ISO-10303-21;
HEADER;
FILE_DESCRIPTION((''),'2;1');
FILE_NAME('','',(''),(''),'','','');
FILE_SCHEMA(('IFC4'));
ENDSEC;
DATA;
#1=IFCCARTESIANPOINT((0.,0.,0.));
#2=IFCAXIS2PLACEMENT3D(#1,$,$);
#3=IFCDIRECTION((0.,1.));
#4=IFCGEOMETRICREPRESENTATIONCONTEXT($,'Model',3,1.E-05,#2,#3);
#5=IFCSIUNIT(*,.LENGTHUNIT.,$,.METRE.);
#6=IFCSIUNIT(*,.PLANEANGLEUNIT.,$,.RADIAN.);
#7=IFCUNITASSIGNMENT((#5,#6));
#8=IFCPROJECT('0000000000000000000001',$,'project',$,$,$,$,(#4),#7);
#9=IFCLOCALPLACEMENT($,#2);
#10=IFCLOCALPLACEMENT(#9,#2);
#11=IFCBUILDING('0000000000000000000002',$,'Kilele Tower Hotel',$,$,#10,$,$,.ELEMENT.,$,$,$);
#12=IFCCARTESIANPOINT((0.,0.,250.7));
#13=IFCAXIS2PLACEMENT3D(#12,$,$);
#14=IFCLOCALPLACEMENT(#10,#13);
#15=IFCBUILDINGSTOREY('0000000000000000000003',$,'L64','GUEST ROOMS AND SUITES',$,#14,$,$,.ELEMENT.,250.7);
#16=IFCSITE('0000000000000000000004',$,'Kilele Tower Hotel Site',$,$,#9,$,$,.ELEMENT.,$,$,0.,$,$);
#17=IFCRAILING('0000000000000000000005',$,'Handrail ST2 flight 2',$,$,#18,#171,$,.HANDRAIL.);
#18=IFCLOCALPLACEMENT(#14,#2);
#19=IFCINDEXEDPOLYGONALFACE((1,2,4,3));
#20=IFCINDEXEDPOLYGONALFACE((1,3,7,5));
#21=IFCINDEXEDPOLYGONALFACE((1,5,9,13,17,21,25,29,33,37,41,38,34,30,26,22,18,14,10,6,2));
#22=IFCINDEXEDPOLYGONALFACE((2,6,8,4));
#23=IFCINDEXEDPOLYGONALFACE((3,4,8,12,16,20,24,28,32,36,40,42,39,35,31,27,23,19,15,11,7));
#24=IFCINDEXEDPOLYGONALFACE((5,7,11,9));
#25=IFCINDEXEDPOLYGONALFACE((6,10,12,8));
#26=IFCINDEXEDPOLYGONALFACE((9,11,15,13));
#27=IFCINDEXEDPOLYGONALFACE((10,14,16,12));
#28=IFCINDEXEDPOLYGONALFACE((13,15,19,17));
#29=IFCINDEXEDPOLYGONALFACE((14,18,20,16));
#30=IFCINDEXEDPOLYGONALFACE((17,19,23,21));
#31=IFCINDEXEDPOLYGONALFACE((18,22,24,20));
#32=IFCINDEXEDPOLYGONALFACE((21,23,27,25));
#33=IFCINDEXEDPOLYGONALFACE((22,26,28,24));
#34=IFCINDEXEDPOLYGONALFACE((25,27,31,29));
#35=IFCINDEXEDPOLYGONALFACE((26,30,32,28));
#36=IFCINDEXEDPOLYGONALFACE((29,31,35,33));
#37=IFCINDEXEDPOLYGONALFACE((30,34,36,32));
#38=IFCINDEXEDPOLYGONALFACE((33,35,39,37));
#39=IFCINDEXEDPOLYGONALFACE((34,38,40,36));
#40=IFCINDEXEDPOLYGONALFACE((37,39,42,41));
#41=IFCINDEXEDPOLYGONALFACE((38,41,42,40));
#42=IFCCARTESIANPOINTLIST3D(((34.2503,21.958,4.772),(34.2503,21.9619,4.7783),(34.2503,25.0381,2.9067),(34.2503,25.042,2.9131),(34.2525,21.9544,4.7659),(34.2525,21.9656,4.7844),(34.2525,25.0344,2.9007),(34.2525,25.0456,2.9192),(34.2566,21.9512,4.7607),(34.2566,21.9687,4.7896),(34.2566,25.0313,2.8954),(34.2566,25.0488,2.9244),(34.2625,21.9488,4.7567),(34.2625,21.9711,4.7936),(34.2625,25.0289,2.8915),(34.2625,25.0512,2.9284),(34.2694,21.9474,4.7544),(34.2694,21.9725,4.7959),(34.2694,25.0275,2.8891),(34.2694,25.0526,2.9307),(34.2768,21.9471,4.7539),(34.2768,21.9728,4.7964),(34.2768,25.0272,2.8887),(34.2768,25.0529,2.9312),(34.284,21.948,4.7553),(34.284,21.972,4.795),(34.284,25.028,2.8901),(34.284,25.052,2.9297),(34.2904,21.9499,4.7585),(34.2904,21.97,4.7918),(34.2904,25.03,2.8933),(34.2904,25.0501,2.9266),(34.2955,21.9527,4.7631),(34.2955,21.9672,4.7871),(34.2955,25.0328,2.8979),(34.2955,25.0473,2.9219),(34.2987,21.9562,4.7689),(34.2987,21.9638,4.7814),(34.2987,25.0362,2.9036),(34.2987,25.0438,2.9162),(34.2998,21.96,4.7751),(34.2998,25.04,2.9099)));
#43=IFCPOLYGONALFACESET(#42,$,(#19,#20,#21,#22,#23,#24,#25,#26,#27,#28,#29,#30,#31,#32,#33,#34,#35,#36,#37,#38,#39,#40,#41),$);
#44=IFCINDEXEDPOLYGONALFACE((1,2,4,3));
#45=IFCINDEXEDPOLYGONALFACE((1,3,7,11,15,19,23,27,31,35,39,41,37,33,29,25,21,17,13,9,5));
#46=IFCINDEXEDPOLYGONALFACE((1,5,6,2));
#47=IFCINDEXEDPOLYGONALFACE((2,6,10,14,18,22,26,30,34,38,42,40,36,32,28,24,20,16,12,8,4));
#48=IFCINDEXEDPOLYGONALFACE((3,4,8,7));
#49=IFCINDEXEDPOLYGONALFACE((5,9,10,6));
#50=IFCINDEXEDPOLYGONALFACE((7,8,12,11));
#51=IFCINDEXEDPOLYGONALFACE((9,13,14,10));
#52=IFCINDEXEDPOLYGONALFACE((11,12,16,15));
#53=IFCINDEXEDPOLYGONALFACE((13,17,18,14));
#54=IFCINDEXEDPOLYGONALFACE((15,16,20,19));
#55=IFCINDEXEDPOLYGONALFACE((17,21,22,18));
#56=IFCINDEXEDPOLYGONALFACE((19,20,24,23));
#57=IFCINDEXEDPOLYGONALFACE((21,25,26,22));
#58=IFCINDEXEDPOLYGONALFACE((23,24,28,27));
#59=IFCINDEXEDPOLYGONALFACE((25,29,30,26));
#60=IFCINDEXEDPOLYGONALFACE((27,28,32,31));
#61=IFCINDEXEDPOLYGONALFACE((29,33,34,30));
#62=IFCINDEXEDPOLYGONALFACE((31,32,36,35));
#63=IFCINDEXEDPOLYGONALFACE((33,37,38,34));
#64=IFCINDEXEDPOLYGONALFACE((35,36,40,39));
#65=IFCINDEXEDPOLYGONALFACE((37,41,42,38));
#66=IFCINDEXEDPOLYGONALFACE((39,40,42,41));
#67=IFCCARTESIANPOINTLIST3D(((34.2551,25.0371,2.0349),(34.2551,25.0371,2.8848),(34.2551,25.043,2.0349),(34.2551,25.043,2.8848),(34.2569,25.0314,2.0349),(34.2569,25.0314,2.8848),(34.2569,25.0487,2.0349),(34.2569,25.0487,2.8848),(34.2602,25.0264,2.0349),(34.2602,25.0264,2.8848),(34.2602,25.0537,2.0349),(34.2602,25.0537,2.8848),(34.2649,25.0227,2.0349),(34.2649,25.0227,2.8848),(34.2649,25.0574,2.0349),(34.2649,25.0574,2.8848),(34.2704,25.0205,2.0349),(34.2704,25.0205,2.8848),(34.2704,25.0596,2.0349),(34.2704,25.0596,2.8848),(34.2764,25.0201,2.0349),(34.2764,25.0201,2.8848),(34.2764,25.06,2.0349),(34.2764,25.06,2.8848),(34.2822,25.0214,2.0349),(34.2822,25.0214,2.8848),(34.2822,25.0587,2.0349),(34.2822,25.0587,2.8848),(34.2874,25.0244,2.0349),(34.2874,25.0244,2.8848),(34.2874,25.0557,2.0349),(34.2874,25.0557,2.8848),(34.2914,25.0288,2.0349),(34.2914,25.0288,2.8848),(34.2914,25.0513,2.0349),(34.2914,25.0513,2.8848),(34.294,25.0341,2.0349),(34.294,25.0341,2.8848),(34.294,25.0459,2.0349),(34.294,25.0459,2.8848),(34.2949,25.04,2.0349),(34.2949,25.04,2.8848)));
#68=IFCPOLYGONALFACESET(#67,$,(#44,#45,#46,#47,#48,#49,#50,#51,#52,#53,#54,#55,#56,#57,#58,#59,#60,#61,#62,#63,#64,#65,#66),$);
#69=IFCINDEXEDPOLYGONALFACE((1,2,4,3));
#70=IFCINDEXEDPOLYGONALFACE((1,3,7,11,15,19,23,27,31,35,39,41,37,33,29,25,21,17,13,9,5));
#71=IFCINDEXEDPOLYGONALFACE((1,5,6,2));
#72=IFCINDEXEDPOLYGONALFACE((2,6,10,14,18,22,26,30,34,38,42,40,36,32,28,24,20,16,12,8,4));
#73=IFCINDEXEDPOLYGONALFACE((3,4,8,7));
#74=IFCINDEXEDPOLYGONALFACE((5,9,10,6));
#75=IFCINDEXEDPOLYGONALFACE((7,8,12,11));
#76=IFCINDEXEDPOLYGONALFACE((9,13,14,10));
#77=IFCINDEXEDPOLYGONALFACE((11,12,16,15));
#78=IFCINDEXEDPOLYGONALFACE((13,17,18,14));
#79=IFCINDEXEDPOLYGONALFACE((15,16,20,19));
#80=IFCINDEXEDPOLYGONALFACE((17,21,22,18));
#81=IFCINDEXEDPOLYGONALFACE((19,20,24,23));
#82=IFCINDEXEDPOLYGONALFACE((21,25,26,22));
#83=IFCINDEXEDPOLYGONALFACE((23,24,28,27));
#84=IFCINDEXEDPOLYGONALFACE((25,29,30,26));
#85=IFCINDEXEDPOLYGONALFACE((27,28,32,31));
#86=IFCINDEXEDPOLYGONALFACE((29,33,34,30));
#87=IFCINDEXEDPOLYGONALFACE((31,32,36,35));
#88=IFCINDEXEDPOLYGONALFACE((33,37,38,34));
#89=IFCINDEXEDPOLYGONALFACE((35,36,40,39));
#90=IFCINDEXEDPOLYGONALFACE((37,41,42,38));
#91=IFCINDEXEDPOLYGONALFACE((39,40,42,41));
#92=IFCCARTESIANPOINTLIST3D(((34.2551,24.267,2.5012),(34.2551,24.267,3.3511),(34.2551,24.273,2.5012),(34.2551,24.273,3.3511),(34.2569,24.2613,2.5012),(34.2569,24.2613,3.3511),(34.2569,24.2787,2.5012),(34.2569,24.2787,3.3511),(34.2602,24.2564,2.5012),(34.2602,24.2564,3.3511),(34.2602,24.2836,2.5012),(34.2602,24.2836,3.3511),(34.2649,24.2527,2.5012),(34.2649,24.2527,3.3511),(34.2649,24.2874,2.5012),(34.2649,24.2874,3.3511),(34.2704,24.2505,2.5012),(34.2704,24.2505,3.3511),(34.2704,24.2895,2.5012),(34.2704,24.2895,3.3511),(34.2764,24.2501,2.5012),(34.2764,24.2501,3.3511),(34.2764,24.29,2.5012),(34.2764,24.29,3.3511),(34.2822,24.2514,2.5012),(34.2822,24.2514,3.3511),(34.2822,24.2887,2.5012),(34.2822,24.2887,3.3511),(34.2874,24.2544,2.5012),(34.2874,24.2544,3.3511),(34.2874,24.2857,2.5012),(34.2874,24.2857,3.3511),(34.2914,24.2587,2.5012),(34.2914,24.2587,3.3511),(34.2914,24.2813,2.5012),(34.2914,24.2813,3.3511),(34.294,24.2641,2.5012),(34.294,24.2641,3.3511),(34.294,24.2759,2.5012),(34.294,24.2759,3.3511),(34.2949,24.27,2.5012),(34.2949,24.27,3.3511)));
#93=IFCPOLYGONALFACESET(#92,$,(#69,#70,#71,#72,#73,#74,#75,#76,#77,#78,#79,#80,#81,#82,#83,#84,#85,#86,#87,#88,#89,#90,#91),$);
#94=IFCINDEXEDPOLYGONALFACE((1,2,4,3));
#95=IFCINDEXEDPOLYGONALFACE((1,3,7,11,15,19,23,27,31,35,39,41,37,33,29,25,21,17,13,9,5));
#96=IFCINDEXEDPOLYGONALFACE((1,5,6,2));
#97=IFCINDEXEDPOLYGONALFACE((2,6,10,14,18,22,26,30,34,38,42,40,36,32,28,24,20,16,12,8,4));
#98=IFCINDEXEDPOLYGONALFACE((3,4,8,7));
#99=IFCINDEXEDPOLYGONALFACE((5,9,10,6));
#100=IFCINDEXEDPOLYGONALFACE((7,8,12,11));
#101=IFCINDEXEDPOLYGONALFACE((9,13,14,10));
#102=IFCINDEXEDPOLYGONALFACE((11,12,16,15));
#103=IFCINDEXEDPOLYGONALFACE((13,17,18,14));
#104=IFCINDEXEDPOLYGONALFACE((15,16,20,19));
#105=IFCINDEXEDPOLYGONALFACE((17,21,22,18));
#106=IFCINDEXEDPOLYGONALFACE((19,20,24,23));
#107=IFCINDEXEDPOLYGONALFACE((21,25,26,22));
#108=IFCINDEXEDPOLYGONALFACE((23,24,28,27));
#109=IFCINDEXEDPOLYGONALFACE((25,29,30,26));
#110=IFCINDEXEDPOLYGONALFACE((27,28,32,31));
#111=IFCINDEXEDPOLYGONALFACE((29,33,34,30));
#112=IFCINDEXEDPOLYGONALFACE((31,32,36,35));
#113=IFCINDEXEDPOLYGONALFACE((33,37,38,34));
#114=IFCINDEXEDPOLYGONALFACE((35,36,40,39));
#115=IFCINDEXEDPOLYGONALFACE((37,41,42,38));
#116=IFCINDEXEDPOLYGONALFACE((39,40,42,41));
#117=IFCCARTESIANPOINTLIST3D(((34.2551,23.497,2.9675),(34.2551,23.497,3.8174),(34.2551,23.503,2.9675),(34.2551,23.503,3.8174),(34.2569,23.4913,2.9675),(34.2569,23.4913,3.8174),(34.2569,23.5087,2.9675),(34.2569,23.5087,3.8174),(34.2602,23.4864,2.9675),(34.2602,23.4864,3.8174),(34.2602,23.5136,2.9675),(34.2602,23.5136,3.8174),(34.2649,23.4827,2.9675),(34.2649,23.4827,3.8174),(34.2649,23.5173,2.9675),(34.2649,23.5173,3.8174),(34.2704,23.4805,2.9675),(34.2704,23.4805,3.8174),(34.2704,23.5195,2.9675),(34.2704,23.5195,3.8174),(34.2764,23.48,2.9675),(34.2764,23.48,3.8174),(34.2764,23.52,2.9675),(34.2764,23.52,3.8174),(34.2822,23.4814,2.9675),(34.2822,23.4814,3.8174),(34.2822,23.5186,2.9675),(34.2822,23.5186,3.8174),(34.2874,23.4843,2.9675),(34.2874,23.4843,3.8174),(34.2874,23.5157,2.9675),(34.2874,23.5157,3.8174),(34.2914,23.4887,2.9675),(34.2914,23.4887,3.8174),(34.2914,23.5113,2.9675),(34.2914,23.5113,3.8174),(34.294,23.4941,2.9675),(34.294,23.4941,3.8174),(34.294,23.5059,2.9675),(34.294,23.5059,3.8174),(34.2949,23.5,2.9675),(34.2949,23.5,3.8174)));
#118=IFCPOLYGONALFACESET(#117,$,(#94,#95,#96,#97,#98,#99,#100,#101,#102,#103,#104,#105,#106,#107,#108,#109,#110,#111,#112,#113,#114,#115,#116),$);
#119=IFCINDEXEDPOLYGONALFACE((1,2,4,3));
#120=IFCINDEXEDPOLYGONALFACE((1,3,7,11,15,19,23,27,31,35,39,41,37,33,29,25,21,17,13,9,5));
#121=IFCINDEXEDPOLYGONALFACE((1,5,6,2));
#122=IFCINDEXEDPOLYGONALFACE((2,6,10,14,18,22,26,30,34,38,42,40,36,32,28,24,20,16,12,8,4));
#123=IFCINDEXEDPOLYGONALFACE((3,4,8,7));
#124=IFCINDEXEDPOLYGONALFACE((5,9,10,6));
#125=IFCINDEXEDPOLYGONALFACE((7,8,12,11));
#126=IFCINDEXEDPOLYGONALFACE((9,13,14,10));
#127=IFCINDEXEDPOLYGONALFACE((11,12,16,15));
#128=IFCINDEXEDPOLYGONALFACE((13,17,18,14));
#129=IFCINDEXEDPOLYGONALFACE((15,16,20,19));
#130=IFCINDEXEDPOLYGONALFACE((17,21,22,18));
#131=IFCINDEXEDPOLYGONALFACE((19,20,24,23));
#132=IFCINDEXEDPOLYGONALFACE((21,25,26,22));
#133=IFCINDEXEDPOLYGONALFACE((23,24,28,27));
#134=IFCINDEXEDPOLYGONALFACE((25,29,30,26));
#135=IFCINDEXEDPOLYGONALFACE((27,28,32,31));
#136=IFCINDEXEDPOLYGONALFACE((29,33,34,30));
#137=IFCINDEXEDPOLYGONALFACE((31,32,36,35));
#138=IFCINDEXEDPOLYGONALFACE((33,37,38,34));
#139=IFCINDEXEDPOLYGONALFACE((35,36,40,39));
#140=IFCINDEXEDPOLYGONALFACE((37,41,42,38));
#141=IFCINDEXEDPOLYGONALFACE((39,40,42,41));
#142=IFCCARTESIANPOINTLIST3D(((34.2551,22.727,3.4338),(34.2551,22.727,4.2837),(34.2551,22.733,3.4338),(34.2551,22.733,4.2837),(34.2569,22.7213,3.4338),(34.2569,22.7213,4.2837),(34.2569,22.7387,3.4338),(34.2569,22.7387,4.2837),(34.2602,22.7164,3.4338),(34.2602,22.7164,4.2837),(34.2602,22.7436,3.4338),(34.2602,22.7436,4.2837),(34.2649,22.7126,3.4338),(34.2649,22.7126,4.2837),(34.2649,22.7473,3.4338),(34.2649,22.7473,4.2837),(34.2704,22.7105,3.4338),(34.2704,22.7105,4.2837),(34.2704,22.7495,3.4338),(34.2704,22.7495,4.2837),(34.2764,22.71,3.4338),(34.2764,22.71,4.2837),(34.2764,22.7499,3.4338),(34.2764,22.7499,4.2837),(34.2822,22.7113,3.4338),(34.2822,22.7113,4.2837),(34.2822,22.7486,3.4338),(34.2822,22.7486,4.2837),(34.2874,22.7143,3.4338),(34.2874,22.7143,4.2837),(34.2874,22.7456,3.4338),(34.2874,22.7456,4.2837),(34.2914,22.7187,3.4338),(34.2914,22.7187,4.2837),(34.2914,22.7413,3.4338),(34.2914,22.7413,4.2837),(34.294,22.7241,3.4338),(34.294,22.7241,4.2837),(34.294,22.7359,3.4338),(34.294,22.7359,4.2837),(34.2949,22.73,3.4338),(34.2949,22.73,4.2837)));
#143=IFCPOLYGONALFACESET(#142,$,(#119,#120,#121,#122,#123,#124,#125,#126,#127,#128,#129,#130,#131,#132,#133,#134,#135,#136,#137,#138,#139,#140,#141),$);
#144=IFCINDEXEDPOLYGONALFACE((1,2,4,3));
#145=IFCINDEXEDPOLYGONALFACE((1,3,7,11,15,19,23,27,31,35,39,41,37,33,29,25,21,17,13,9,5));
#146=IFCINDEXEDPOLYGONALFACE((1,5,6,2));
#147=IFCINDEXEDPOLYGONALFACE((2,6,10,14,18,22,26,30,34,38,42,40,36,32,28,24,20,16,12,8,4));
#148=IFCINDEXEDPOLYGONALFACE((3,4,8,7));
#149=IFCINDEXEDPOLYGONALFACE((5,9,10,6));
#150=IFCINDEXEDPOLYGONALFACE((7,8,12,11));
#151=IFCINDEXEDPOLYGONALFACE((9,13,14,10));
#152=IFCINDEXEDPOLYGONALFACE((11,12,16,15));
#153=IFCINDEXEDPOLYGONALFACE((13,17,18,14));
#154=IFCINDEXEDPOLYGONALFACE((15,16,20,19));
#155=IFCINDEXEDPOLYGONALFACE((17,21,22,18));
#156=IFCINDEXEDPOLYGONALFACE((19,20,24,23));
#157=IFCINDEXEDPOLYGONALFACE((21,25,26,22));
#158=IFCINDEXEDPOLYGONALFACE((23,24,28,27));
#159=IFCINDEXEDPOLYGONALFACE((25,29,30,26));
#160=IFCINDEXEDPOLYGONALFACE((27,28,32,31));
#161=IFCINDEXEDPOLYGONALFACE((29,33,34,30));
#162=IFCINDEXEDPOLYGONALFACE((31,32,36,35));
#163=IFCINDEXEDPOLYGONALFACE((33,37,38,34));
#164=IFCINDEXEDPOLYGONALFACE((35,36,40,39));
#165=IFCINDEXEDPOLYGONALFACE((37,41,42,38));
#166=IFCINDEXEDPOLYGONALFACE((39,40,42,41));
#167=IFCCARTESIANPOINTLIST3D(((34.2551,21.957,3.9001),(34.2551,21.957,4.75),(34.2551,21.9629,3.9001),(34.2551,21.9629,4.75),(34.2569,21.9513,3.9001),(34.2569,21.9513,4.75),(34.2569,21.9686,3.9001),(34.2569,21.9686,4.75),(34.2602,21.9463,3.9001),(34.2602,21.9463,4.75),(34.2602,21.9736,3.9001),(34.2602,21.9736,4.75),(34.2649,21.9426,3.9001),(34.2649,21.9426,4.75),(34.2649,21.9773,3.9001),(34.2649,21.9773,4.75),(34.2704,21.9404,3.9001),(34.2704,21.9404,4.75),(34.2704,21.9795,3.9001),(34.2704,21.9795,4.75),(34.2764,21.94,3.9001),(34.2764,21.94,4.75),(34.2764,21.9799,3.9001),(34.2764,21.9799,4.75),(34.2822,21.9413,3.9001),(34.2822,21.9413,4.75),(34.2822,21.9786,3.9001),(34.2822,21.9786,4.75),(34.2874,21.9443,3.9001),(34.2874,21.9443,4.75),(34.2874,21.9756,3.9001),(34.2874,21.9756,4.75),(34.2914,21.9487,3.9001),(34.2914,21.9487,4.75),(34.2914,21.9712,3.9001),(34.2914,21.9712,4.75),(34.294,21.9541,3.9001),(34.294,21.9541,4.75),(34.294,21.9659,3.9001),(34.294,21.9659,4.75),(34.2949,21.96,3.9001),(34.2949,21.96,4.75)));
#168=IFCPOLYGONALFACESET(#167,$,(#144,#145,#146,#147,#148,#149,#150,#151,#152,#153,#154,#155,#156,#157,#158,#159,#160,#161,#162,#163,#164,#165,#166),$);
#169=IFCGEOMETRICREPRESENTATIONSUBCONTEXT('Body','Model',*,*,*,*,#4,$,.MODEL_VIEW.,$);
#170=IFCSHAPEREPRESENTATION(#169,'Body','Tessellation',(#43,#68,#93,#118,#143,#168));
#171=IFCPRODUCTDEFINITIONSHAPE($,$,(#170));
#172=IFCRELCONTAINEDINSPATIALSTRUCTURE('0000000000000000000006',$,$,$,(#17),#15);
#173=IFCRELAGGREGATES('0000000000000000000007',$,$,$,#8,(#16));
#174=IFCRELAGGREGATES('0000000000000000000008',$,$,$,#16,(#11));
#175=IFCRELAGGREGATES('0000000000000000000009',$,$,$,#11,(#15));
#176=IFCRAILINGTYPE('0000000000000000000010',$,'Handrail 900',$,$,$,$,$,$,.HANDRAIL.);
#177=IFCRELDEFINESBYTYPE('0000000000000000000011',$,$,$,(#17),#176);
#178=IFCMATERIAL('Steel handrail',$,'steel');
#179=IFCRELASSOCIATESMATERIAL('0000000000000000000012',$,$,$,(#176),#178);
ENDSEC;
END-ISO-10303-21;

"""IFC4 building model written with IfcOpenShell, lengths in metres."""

from ifc_helpers import new_model, si_unit, direction, frame, origin, origin_2d, place, context, subcontext, project, spatial, circle, extrude, material, type_object, element, save


model = new_model("IFC4")

# Units and contexts
model_context = context("Model", 3, precision=1e-05, world=origin(), true_north=direction((0.0, 1.0)))
body_context = subcontext(model_context, "Body", "Model", "MODEL_VIEW")
ifc_project = project(units=[si_unit("LENGTHUNIT", "METRE"), si_unit("PLANEANGLEUNIT", "RADIAN")], contexts=[model_context])

# Site, building, storey
site_placement = place(None, origin())
site = spatial("IfcSite", under=ifc_project, at=site_placement, Name="Kilele Tower Hotel Site", CompositionType="ELEMENT", RefElevation=0.0)
building_placement = place(site_placement, origin())
building = spatial("IfcBuilding", under=site, at=building_placement, Name="Kilele Tower Hotel", CompositionType="ELEMENT")
storey_placement = place(building_placement, frame((0.0, 0.0, 250.7)))
storey = spatial("IfcBuildingStorey", under=building, at=storey_placement, Name="L64", Description="GUEST ROOMS AND SUITES", CompositionType="ELEMENT", Elevation=250.7)

# Railing
ifc_material_1 = material(Name="Steel handrail", Category="steel")
railing_type_1 = type_object("IfcRailingType", Name="Handrail 900", PredefinedType="HANDRAIL", material=ifc_material_1)
for number, where, name in (
    (1, (34.2749, 25.04, 2.0349), "Handrail ST2 flight 2"),
):
    element("IfcRailing", number, at=place(storey_placement, frame(where)), inside=storey, type_object=railing_type_1, Name=name, PredefinedType="HANDRAIL", context=body_context, shape_type="SweptSolid", body=[
        extrude(circle(Radius=0.0249, at=origin_2d()), frame((0.0, 0.0, 0.875), z_axis=(0.0, -0.85538, 0.518001), x_axis=(1.0, 0.0, 0.0)), (0.0, 0.0, 1.0), 3.6008),
        extrude(circle(Radius=0.02, at=origin_2d()), origin(), (0.0, 0.0, 1.0), 0.8499),
        extrude(circle(Radius=0.02, at=origin_2d()), frame((0.0, -0.77, 0.4663)), (0.0, 0.0, 1.0), 0.8499),
        extrude(circle(Radius=0.02, at=origin_2d()), frame((0.0, -1.54, 0.9326)), (0.0, 0.0, 1.0), 0.8499),
        extrude(circle(Radius=0.02, at=origin_2d()), frame((0.0, -2.3101, 1.3989)), (0.0, 0.0, 1.0), 0.8499),
        extrude(circle(Radius=0.02, at=origin_2d()), frame((0.0, -3.0801, 1.8652)), (0.0, 0.0, 1.0), 0.8499),
    ])

save(model, "model.ifc")
